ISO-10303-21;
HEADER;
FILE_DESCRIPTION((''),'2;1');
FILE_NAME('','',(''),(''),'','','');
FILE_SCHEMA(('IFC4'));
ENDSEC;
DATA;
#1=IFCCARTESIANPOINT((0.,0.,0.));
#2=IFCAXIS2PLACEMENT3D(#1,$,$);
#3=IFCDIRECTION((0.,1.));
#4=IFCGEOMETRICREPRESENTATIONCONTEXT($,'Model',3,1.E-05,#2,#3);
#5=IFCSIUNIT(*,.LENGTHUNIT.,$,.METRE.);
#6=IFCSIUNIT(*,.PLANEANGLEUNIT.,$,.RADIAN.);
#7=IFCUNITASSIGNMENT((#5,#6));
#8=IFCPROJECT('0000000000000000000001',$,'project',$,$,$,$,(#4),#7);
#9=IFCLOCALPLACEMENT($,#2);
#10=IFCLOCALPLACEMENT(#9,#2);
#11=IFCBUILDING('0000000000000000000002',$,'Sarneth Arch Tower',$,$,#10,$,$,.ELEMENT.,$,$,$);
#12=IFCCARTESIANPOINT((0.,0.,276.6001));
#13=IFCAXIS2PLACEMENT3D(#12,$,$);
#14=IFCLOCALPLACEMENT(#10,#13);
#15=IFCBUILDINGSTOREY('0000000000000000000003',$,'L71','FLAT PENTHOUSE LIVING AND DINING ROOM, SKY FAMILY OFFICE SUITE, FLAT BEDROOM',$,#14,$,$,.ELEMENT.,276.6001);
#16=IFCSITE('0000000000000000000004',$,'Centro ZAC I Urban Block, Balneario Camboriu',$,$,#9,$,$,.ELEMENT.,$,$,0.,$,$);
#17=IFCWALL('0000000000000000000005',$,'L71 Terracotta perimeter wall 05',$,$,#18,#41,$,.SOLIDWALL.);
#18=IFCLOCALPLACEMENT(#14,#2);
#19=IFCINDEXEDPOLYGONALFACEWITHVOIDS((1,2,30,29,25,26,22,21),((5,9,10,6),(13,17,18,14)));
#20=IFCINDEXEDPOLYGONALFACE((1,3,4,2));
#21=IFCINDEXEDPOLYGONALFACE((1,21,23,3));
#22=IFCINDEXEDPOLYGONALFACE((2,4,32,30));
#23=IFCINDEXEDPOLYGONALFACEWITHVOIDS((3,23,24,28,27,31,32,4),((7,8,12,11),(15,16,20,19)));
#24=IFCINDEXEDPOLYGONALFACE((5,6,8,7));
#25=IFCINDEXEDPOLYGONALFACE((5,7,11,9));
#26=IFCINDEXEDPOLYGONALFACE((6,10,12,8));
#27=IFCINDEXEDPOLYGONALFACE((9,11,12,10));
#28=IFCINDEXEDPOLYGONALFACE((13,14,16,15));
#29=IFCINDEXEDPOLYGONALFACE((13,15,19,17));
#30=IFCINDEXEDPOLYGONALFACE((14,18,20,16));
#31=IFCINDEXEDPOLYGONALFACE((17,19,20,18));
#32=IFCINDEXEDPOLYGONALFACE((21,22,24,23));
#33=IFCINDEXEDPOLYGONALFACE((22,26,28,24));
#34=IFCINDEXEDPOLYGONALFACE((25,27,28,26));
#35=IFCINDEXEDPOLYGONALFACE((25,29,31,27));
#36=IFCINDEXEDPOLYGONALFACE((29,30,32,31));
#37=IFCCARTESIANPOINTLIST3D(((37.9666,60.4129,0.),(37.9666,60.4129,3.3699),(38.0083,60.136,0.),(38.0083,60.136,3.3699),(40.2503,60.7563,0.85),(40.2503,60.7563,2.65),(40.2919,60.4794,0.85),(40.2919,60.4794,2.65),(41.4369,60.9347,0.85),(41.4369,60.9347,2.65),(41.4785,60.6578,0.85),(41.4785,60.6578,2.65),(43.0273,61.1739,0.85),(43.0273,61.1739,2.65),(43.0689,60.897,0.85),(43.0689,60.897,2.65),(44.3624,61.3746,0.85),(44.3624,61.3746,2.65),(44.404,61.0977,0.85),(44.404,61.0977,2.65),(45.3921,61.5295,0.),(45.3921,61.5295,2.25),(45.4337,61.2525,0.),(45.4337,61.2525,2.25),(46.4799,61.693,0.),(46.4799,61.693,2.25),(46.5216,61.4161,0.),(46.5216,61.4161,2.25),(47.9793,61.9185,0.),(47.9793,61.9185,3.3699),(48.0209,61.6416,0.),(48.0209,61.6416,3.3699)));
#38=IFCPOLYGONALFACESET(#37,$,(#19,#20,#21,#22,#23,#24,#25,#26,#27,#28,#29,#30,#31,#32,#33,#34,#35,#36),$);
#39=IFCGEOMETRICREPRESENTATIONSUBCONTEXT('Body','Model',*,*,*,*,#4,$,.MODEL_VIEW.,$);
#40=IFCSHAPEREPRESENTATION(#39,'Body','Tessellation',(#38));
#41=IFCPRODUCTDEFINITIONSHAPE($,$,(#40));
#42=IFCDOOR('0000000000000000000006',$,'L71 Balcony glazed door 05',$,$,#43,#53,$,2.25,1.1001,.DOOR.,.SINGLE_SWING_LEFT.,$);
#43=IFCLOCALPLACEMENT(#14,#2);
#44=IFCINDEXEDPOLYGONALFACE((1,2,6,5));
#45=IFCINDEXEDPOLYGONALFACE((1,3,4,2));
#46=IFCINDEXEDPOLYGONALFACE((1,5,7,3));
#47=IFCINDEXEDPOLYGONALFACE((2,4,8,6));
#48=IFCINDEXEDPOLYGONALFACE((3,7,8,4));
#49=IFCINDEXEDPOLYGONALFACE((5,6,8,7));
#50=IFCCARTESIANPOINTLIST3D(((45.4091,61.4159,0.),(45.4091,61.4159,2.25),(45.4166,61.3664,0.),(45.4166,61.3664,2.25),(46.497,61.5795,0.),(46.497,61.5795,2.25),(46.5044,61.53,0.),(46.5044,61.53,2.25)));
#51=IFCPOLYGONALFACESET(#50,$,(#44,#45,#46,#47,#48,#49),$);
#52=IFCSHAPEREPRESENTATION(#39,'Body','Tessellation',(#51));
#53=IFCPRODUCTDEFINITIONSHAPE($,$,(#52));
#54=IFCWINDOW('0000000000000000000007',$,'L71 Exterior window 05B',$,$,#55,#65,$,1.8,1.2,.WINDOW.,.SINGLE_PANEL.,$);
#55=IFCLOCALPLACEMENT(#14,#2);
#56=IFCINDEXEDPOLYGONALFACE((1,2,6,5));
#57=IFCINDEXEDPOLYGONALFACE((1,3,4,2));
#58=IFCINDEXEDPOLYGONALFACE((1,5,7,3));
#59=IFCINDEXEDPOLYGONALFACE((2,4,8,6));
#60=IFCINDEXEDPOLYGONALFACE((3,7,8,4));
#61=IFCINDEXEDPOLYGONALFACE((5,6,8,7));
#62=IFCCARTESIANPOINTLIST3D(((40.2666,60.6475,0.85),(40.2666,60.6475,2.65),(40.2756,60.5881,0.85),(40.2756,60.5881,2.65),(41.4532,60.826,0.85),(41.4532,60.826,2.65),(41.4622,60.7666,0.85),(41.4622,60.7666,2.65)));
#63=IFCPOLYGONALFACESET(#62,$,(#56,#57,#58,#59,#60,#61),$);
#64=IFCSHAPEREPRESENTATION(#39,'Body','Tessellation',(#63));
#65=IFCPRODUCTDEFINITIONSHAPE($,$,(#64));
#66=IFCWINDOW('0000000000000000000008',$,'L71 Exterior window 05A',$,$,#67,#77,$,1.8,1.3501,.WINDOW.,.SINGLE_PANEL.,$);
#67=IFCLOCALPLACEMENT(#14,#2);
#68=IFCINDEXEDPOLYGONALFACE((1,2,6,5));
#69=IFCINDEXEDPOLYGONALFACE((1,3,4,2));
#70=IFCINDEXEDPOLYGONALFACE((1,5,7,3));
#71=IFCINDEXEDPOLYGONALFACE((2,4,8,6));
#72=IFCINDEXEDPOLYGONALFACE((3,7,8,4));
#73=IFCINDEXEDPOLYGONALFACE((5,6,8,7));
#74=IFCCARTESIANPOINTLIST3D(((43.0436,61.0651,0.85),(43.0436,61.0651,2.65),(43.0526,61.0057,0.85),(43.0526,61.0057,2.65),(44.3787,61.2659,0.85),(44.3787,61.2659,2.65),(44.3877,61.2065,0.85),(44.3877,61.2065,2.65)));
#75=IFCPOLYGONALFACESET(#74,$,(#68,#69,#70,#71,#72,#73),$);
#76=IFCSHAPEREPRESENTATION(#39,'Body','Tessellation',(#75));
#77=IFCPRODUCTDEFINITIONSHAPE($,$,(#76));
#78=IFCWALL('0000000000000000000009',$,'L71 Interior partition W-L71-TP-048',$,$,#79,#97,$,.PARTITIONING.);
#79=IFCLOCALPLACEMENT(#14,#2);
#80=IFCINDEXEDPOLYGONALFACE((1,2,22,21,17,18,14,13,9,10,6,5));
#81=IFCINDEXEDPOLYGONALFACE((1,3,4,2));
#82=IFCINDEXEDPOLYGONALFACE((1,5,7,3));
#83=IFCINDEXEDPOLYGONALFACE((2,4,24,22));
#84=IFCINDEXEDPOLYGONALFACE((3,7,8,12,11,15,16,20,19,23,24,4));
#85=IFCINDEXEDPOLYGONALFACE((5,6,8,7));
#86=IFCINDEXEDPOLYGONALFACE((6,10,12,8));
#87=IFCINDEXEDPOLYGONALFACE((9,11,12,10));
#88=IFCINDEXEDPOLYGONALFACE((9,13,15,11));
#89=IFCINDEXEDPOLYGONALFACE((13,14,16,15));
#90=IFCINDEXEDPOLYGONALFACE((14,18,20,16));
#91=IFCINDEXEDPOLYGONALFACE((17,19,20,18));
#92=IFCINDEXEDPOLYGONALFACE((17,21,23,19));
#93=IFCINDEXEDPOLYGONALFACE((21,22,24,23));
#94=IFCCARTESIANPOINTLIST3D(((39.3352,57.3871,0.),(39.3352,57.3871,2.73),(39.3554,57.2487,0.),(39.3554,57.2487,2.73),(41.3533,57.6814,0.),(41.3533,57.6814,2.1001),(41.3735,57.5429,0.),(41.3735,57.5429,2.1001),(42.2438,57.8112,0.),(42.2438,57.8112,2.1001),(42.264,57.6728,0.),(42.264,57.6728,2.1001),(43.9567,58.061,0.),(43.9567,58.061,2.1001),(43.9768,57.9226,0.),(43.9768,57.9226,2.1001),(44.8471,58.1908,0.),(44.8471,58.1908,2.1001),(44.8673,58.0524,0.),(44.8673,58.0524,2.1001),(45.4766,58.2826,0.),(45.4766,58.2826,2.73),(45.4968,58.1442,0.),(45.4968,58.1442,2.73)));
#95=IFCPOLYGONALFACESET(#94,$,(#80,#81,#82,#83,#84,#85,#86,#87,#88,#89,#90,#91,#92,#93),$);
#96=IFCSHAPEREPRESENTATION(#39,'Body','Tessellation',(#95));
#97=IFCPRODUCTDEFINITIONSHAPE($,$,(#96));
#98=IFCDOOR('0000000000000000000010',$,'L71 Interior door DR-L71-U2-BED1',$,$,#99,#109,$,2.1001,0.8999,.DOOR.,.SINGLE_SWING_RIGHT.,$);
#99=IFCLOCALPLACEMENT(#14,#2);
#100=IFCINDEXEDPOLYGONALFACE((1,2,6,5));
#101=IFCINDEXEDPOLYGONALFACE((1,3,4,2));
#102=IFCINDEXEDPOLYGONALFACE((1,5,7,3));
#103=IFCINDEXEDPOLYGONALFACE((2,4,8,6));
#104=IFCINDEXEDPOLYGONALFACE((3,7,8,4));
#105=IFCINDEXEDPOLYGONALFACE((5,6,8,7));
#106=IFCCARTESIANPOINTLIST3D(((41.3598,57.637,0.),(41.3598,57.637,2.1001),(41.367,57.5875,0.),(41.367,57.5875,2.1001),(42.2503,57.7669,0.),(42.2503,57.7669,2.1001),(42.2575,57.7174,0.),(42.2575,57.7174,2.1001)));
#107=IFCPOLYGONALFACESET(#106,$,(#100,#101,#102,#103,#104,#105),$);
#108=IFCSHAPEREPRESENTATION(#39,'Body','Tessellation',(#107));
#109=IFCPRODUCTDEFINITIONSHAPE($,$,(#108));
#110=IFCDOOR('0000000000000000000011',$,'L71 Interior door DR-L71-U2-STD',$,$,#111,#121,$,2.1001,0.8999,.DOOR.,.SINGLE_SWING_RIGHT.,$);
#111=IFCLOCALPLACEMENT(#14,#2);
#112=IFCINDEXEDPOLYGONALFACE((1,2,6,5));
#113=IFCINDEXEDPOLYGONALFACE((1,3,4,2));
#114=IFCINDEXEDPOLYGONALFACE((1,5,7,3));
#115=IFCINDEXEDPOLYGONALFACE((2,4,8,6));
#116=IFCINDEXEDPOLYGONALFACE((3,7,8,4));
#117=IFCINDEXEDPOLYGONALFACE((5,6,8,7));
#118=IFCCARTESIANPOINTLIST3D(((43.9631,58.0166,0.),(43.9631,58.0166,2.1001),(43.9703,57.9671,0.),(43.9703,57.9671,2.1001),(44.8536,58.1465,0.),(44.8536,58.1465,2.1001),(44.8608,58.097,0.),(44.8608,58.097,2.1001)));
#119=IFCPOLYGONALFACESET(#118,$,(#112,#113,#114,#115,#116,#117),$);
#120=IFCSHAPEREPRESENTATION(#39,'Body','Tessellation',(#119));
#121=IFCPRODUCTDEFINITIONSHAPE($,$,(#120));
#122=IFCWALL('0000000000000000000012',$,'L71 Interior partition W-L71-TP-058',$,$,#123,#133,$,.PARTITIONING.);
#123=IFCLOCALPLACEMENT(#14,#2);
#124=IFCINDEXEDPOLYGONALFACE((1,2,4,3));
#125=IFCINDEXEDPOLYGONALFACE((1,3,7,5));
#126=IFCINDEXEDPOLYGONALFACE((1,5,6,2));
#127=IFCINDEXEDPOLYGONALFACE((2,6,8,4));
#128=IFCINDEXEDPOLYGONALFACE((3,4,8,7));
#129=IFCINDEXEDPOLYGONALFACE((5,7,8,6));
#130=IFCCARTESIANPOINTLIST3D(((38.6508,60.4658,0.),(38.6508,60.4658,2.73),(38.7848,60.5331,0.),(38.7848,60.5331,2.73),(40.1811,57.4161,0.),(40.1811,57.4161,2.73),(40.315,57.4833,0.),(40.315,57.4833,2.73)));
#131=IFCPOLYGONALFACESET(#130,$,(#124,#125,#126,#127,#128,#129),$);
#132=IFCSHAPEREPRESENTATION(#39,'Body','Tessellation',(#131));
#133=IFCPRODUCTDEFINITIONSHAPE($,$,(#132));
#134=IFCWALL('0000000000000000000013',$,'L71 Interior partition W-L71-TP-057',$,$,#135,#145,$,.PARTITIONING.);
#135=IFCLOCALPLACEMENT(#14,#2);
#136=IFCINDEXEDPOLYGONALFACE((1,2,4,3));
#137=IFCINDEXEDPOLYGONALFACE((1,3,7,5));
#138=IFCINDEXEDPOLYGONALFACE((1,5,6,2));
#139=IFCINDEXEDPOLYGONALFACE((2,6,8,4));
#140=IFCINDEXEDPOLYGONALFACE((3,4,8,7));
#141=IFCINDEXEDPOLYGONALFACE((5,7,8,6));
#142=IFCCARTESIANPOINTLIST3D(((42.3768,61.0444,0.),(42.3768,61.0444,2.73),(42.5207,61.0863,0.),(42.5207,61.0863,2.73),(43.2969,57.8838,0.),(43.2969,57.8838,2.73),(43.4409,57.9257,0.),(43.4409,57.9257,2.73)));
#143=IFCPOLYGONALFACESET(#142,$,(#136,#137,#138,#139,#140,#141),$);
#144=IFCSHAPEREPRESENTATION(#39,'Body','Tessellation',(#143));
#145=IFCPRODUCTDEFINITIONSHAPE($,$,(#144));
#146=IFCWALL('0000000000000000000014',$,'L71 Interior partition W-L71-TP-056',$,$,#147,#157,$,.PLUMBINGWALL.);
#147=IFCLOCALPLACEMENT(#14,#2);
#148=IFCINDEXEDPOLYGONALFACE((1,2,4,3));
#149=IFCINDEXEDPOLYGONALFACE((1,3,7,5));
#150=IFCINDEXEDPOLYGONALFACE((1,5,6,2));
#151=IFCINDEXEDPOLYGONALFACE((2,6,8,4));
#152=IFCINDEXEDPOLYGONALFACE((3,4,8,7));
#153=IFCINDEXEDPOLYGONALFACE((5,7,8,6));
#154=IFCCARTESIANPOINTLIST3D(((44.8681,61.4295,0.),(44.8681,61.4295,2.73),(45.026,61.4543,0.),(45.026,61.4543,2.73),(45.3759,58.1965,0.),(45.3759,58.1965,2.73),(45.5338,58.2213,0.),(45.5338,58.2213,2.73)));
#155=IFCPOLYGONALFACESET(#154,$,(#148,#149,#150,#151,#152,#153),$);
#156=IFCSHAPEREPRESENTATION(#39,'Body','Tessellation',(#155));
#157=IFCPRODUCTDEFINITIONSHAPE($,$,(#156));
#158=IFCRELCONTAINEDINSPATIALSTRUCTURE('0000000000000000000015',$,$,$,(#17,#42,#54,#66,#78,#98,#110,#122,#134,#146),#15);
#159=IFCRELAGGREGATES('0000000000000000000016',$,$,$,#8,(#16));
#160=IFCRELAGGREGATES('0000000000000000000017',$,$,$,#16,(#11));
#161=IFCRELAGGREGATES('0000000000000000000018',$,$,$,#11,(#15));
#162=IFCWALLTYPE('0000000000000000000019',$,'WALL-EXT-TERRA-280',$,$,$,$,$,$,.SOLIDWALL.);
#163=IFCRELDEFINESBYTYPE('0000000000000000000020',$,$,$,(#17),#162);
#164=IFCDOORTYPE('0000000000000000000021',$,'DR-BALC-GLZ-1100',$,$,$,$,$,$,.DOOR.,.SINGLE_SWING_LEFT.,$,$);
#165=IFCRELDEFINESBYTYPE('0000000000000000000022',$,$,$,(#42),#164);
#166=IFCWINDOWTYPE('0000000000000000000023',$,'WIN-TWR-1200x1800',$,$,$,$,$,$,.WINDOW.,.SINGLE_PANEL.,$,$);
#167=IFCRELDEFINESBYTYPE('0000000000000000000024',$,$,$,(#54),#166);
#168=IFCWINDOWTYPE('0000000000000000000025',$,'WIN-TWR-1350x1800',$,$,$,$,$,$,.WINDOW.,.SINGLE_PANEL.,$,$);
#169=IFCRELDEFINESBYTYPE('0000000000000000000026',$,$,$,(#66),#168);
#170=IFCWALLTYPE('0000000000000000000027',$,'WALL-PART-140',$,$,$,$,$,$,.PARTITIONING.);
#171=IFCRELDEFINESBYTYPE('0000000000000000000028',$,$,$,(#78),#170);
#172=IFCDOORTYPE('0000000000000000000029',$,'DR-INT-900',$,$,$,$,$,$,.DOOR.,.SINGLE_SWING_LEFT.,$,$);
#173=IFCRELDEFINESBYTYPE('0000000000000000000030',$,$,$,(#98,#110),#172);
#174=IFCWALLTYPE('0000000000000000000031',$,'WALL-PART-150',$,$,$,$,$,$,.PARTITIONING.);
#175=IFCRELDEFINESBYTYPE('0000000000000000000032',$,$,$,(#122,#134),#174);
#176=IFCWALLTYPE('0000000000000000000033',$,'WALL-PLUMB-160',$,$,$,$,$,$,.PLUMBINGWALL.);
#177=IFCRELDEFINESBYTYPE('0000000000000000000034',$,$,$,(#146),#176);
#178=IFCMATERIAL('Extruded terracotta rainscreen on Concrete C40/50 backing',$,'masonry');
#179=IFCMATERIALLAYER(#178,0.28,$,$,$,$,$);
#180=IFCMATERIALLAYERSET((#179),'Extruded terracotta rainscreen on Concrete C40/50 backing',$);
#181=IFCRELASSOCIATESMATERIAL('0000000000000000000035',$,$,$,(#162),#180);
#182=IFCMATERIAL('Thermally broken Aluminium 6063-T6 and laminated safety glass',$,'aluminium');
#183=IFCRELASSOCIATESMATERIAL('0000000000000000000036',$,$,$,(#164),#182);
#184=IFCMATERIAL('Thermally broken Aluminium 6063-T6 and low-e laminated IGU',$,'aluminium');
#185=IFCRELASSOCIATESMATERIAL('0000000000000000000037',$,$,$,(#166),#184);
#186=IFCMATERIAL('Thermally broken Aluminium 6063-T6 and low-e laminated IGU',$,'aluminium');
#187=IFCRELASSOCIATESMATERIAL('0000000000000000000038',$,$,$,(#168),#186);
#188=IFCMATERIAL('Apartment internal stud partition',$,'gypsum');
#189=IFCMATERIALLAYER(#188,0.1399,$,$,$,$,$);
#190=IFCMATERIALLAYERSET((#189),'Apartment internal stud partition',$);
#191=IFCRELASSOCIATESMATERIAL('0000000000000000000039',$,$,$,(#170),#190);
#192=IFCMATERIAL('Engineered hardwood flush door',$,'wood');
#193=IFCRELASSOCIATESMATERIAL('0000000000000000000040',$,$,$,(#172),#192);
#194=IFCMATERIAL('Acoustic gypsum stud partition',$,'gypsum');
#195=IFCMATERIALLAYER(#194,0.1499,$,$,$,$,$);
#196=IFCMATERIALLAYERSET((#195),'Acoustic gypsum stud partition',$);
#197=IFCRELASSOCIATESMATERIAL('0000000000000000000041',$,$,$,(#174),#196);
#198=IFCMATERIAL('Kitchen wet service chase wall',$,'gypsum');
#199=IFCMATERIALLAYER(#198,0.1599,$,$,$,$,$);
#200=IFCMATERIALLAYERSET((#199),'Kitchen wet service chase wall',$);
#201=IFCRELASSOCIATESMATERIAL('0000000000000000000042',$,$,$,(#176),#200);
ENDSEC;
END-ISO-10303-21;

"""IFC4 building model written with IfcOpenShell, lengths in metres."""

from ifc_helpers import new_model, si_unit, direction, frame, frame_2d, origin, place, context, subcontext, project, spatial, rectangle, extrude, material, layer, layer_set, type_object, element, fill, save


model = new_model("IFC4")

# Units and contexts
model_context = context("Model", 3, precision=1e-05, world=origin(), true_north=direction((0.0, 1.0)))
body_context = subcontext(model_context, "Body", "Model", "MODEL_VIEW")
ifc_project = project(units=[si_unit("LENGTHUNIT", "METRE"), si_unit("PLANEANGLEUNIT", "RADIAN")], contexts=[model_context])

# Site, building, storey
site_placement = place(None, origin())
site = spatial("IfcSite", under=ifc_project, at=site_placement, Name="Centro ZAC I Urban Block, Balneario Camboriu", CompositionType="ELEMENT", RefElevation=0.0)
building_placement = place(site_placement, origin())
building = spatial("IfcBuilding", under=site, at=building_placement, Name="Sarneth Arch Tower", CompositionType="ELEMENT")
storey_placement = place(building_placement, frame((0.0, 0.0, 276.6001)))
storey = spatial("IfcBuildingStorey", under=building, at=storey_placement, Name="L71", Description="FLAT PENTHOUSE LIVING AND DINING ROOM, SKY FAMILY OFFICE SUITE, FLAT BEDROOM", CompositionType="ELEMENT", Elevation=276.6001)

# Wall, openings, door, windows
ifc_material_1 = material(Name="Extruded terracotta rainscreen on Concrete C40/50 backing", Category="masonry")
ifc_layer_1 = layer(ifc_material_1, 0.28)
ifc_layer_set_1 = layer_set([ifc_layer_1], Name="Extruded terracotta rainscreen on Concrete C40/50 backing")
wall_type_1 = type_object("IfcWallType", Name="WALL-EXT-TERRA-280", PredefinedType="SOLIDWALL", material=ifc_layer_set_1)
wall_1_placement = place(storey_placement, frame((48.0, 61.78, 0.0), z_axis=(0.0, 0.0, 1.0), x_axis=(-0.988883, -0.148699, 0.0)))
wall_1 = element("IfcWall", 1, at=wall_1_placement, inside=storey, type_object=wall_type_1, Name="L71 Terracotta perimeter wall 05", PredefinedType="SOLIDWALL", context=body_context, shape_type="SweptSolid", body=[
    extrude(rectangle(XDim=10.1252, YDim=0.28, at=frame_2d((5.0625, 0.0))), origin(), (0.0, 0.0, 1.0), 3.3699),
])
opening_1_placement = place(wall_1_placement, frame((1.5161, 0.0, 0.0)))
opening_1 = element("IfcOpeningElement", 2, at=opening_1_placement, cuts=wall_1, PredefinedType="OPENING", context=body_context, shape_type="SweptSolid", body=[
    extrude(rectangle(XDim=1.1001, YDim=2.25, at=frame_2d((0.55, 1.125))), frame((0.0, 0.1499, 0.0), z_axis=(0.0, -1.0, 0.0), x_axis=(1.0, 0.0, 0.0)), (0.0, 0.0, 1.0), 0.3),
])
opening_2_placement = place(wall_1_placement, frame((3.6575, 0.0, 0.8501)))
opening_2 = element("IfcOpeningElement", 3, at=opening_2_placement, cuts=wall_1, PredefinedType="OPENING", context=body_context, shape_type="SweptSolid", body=[
    extrude(rectangle(XDim=1.3501, YDim=1.8, at=frame_2d((0.675, 0.8999))), frame((0.0, 0.1499, 0.0), z_axis=(0.0, -1.0, 0.0), x_axis=(1.0, 0.0, 0.0)), (0.0, 0.0, 1.0), 0.3),
])
opening_3_placement = place(wall_1_placement, frame((6.6157, 0.0, 0.8501)))
opening_3 = element("IfcOpeningElement", 4, at=opening_3_placement, cuts=wall_1, PredefinedType="OPENING", context=body_context, shape_type="SweptSolid", body=[
    extrude(rectangle(XDim=1.2, YDim=1.8, at=frame_2d((0.6001, 0.8999))), frame((0.0, 0.1499, 0.0), z_axis=(0.0, -1.0, 0.0), x_axis=(1.0, 0.0, 0.0)), (0.0, 0.0, 1.0), 0.3),
])
ifc_material_2 = material(Name="Thermally broken Aluminium 6063-T6 and laminated safety glass", Category="aluminium")
door_type_1 = type_object("IfcDoorType", Name="DR-BALC-GLZ-1100", OperationType="SINGLE_SWING_LEFT", PredefinedType="DOOR", material=ifc_material_2)
door_1_placement = place(opening_1_placement, origin())
door_1 = element("IfcDoor", 5, at=door_1_placement, inside=storey, type_object=door_type_1, Name="L71 Balcony glazed door 05", OperationType="SINGLE_SWING_LEFT", OverallHeight=2.25, OverallWidth=1.1001, PredefinedType="DOOR", context=body_context, shape_type="SweptSolid", body=[
    extrude(rectangle(XDim=1.1001, YDim=2.25, at=frame_2d((0.55, 1.125))), frame((0.0, 0.0249, 0.0), z_axis=(0.0, -1.0, 0.0), x_axis=(1.0, 0.0, 0.0)), (0.0, 0.0, 1.0), 0.05),
])
fill(opening_1, door_1)
ifc_material_3 = material(Name="Thermally broken Aluminium 6063-T6 and low-e laminated IGU", Category="aluminium")
window_type_1 = type_object("IfcWindowType", Name="WIN-TWR-1200x1800", PartitioningType="SINGLE_PANEL", PredefinedType="WINDOW", material=ifc_material_3)
window_1_placement = place(opening_3_placement, origin())
window_1 = element("IfcWindow", 6, at=window_1_placement, inside=storey, type_object=window_type_1, Name="L71 Exterior window 05B", OverallHeight=1.8, OverallWidth=1.2, PartitioningType="SINGLE_PANEL", PredefinedType="WINDOW", context=body_context, shape_type="SweptSolid", body=[
    extrude(rectangle(XDim=1.2, YDim=1.8, at=frame_2d((0.6001, 0.8999))), frame((0.0, 0.03, 0.0), z_axis=(0.0, -1.0, 0.0), x_axis=(1.0, 0.0, 0.0)), (0.0, 0.0, 1.0), 0.0601),
])
fill(opening_3, window_1)
ifc_material_4 = material(Name="Thermally broken Aluminium 6063-T6 and low-e laminated IGU", Category="aluminium")
window_type_2 = type_object("IfcWindowType", Name="WIN-TWR-1350x1800", PartitioningType="SINGLE_PANEL", PredefinedType="WINDOW", material=ifc_material_4)
window_2_placement = place(opening_2_placement, origin())
window_2 = element("IfcWindow", 7, at=window_2_placement, inside=storey, type_object=window_type_2, Name="L71 Exterior window 05A", OverallHeight=1.8, OverallWidth=1.3501, PartitioningType="SINGLE_PANEL", PredefinedType="WINDOW", context=body_context, shape_type="SweptSolid", body=[
    extrude(rectangle(XDim=1.3501, YDim=1.8, at=frame_2d((0.675, 0.8999))), frame((0.0, 0.03, 0.0), z_axis=(0.0, -1.0, 0.0), x_axis=(1.0, 0.0, 0.0)), (0.0, 0.0, 1.0), 0.0601),
])
fill(opening_2, window_2)

# Wall, openings, doors
ifc_material_5 = material(Name="Apartment internal stud partition", Category="gypsum")
ifc_layer_2 = layer(ifc_material_5, 0.1399)
ifc_layer_set_2 = layer_set([ifc_layer_2], Name="Apartment internal stud partition")
wall_type_2 = type_object("IfcWallType", Name="WALL-PART-140", PredefinedType="PARTITIONING", material=ifc_layer_set_2)
wall_2_placement = place(storey_placement, frame((45.4866, 58.2134, 0.0), z_axis=(0.0, 0.0, 1.0), x_axis=(-0.989535, -0.14429, 0.0)))
wall_2 = element("IfcWall", 8, at=wall_2_placement, inside=storey, type_object=wall_type_2, Name="L71 Interior partition W-L71-TP-048", PredefinedType="PARTITIONING", context=body_context, shape_type="SweptSolid", body=[
    extrude(rectangle(XDim=6.2063, YDim=0.1399, at=frame_2d((3.103, 0.0))), origin(), (0.0, 0.0, 1.0), 2.73),
])
opening_4_placement = place(wall_2_placement, frame((3.2668, 0.0, 0.0)))
opening_4 = element("IfcOpeningElement", 9, at=opening_4_placement, cuts=wall_2, PredefinedType="OPENING", context=body_context, shape_type="SweptSolid", body=[
    extrude(rectangle(XDim=0.8999, YDim=2.1001, at=frame_2d((0.45, 1.05))), frame((0.0, 0.0798, 0.0), z_axis=(0.0, -1.0, 0.0), x_axis=(1.0, 0.0, 0.0)), (0.0, 0.0, 1.0), 0.1599),
])
opening_5_placement = place(wall_2_placement, frame((0.636, 0.0, 0.0)))
opening_5 = element("IfcOpeningElement", 10, at=opening_5_placement, cuts=wall_2, PredefinedType="OPENING", context=body_context, shape_type="SweptSolid", body=[
    extrude(rectangle(XDim=0.8999, YDim=2.1001, at=frame_2d((0.45, 1.05))), frame((0.0, 0.0798, 0.0), z_axis=(0.0, -1.0, 0.0), x_axis=(1.0, 0.0, 0.0)), (0.0, 0.0, 1.0), 0.1599),
])
ifc_material_6 = material(Name="Engineered hardwood flush door", Category="wood")
door_type_2 = type_object("IfcDoorType", Name="DR-INT-900", OperationType="SINGLE_SWING_LEFT", PredefinedType="DOOR", material=ifc_material_6)
door_2_placement = place(opening_4_placement, origin())
door_2 = element("IfcDoor", 11, at=door_2_placement, inside=storey, type_object=door_type_2, Name="L71 Interior door DR-L71-U2-BED1", OperationType="SINGLE_SWING_RIGHT", OverallHeight=2.1001, OverallWidth=0.8999, PredefinedType="DOOR", context=body_context, shape_type="SweptSolid", body=[
    extrude(rectangle(XDim=0.8999, YDim=2.1001, at=frame_2d((0.45, 1.05))), frame((0.0, 0.0249, 0.0), z_axis=(0.0, -1.0, 0.0), x_axis=(1.0, 0.0, 0.0)), (0.0, 0.0, 1.0), 0.05),
])
fill(opening_4, door_2)
door_3_placement = place(opening_5_placement, origin())
door_3 = element("IfcDoor", 12, at=door_3_placement, inside=storey, type_object=door_type_2, Name="L71 Interior door DR-L71-U2-STD", OperationType="SINGLE_SWING_RIGHT", OverallHeight=2.1001, OverallWidth=0.8999, PredefinedType="DOOR", context=body_context, shape_type="SweptSolid", body=[
    extrude(rectangle(XDim=0.8999, YDim=2.1001, at=frame_2d((0.45, 1.05))), frame((0.0, 0.0249, 0.0), z_axis=(0.0, -1.0, 0.0), x_axis=(1.0, 0.0, 0.0)), (0.0, 0.0, 1.0), 0.05),
])
fill(opening_5, door_3)

# Walls
ifc_material_7 = material(Name="Acoustic gypsum stud partition", Category="gypsum")
ifc_layer_3 = layer(ifc_material_7, 0.1499)
ifc_layer_set_3 = layer_set([ifc_layer_3], Name="Acoustic gypsum stud partition")
wall_type_3 = type_object("IfcWallType", Name="WALL-PART-150", PredefinedType="PARTITIONING", material=ifc_layer_set_3)
wall_3_placement = place(storey_placement, frame((40.248, 57.4497, 0.0), z_axis=(0.0, 0.0, 1.0), x_axis=(-0.448472, 0.893797, 0.0)))
element("IfcWall", 13, at=wall_3_placement, inside=storey, type_object=wall_type_3, Name="L71 Interior partition W-L71-TP-058", PredefinedType="PARTITIONING", context=body_context, shape_type="SweptSolid", body=[
    extrude(rectangle(XDim=3.4121, YDim=0.1499, at=frame_2d((1.7061, 0.0))), origin(), (0.0, 0.0, 1.0), 2.73),
])
wall_4_placement = place(storey_placement, frame((42.4487, 61.0654, 0.0), z_axis=(0.0, 0.0, 1.0), x_axis=(0.279527, -0.960138, 0.0)))
element("IfcWall", 14, at=wall_4_placement, inside=storey, type_object=wall_type_3, Name="L71 Interior partition W-L71-TP-057", PredefinedType="PARTITIONING", context=body_context, shape_type="SweptSolid", body=[
    extrude(rectangle(XDim=3.2917, YDim=0.1499, at=frame_2d((1.646, 0.0))), origin(), (0.0, 0.0, 1.0), 2.73),
])
ifc_material_8 = material(Name="Kitchen wet service chase wall", Category="gypsum")
ifc_layer_4 = layer(ifc_material_8, 0.1599)
ifc_layer_set_4 = layer_set([ifc_layer_4], Name="Kitchen wet service chase wall")
wall_type_4 = type_object("IfcWallType", Name="WALL-PLUMB-160", PredefinedType="PLUMBINGWALL", material=ifc_layer_set_4)
wall_5_placement = place(storey_placement, frame((45.4548, 58.209, 0.0), z_axis=(0.0, 0.0, 1.0), x_axis=(-0.155162, 0.987889, 0.0)))
element("IfcWall", 15, at=wall_5_placement, inside=storey, type_object=wall_type_4, Name="L71 Interior partition W-L71-TP-056", PredefinedType="PLUMBINGWALL", context=body_context, shape_type="SweptSolid", body=[
    extrude(rectangle(XDim=3.2727, YDim=0.1599, at=frame_2d((1.6362, 0.0))), origin(), (0.0, 0.0, 1.0), 2.73),
])

save(model, "model.ifc")
